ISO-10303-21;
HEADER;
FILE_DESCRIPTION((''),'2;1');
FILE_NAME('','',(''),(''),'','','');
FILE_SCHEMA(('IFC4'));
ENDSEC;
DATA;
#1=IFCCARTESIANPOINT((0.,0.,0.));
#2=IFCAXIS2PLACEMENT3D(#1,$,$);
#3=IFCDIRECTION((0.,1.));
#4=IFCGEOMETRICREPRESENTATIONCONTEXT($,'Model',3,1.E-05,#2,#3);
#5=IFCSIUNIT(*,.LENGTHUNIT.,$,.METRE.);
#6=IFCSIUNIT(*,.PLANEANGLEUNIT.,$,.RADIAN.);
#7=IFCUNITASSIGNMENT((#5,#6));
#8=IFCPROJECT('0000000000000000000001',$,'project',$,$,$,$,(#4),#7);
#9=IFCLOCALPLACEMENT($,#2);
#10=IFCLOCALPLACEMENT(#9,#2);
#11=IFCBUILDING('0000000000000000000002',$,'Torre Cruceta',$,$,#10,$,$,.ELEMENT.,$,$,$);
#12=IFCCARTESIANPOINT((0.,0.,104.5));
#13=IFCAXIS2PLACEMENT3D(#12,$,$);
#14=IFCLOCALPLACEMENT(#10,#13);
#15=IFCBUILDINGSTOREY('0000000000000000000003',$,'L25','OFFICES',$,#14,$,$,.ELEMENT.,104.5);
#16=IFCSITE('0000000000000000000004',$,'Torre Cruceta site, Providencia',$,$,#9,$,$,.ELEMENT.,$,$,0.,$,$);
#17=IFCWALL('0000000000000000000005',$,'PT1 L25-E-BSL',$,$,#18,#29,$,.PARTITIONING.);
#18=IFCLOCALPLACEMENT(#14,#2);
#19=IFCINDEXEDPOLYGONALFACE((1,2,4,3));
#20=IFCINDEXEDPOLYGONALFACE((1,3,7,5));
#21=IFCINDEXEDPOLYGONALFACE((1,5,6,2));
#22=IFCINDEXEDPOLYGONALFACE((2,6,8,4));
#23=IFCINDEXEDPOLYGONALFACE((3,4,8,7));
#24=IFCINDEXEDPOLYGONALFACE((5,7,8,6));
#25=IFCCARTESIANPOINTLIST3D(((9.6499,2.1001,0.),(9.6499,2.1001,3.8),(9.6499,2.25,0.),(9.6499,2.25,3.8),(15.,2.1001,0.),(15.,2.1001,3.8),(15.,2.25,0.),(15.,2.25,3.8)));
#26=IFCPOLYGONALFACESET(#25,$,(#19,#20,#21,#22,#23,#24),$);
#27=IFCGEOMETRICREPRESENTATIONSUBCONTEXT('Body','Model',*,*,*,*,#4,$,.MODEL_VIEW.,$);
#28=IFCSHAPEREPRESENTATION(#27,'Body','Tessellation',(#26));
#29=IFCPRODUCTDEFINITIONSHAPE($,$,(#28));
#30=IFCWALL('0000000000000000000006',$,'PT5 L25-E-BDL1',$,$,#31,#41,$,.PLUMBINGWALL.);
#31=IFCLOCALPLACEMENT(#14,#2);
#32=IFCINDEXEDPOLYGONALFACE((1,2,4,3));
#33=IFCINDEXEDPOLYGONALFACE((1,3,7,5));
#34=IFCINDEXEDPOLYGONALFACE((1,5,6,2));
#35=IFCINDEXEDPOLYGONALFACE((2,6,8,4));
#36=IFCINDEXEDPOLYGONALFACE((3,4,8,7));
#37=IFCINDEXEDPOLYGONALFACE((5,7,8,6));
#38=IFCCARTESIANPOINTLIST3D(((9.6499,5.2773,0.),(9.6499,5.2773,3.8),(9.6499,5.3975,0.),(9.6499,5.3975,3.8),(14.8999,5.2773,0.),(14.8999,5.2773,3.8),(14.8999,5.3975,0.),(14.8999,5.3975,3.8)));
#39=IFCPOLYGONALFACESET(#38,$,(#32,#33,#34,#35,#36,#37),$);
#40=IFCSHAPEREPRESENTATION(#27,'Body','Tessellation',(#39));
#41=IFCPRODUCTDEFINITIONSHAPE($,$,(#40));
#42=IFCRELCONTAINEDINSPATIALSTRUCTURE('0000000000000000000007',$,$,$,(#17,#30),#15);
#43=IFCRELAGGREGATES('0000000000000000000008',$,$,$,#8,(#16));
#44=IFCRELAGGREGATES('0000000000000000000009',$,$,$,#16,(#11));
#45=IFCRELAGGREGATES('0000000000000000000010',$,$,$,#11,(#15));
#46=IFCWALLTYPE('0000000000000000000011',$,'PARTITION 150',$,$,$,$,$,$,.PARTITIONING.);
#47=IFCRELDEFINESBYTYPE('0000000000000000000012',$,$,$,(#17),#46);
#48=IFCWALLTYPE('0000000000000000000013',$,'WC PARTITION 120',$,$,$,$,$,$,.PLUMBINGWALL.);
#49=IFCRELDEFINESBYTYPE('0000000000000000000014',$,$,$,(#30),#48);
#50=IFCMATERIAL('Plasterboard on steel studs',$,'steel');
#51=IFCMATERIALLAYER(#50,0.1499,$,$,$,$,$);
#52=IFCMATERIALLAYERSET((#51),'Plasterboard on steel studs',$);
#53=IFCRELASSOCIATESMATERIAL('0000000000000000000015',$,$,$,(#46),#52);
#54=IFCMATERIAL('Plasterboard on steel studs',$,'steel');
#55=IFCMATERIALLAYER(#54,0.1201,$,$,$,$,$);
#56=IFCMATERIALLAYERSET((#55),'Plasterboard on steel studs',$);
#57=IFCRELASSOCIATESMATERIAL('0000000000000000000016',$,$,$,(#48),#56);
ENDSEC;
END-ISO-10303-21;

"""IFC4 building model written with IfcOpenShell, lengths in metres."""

from ifc_helpers import new_model, si_unit, direction, frame, frame_2d, origin, place, context, subcontext, project, spatial, rectangle, extrude, material, layer, layer_set, type_object, element, save


model = new_model("IFC4")

# Units and contexts
model_context = context("Model", 3, precision=1e-05, world=origin(), true_north=direction((0.0, 1.0)))
body_context = subcontext(model_context, "Body", "Model", "MODEL_VIEW")
ifc_project = project(units=[si_unit("LENGTHUNIT", "METRE"), si_unit("PLANEANGLEUNIT", "RADIAN")], contexts=[model_context])

# Site, building, storey
site_placement = place(None, origin())
site = spatial("IfcSite", under=ifc_project, at=site_placement, Name="Torre Cruceta site, Providencia", CompositionType="ELEMENT", RefElevation=0.0)
building_placement = place(site_placement, origin())
building = spatial("IfcBuilding", under=site, at=building_placement, Name="Torre Cruceta", CompositionType="ELEMENT")
storey_placement = place(building_placement, frame((0.0, 0.0, 104.5)))
storey = spatial("IfcBuildingStorey", under=building, at=storey_placement, Name="L25", Description="OFFICES", CompositionType="ELEMENT", Elevation=104.5)

# Shared definitions
ifc_material_1 = material(Name="Plasterboard on steel studs", Category="steel")
ifc_layer_1 = layer(ifc_material_1, 0.1499)
ifc_layer_set_1 = layer_set([ifc_layer_1], Name="Plasterboard on steel studs")
wall_type_1 = type_object("IfcWallType", Name="PARTITION 150", PredefinedType="PARTITIONING", material=ifc_layer_set_1)

# Walls
wall_1_placement = place(storey_placement, frame((9.6499, 2.175, 0.0), z_axis=(0.0, 0.0, 1.0), x_axis=(1.0, 0.0, 0.0)))
element("IfcWall", 1, at=wall_1_placement, inside=storey, type_object=wall_type_1, Name="PT1 L25-E-BSL", PredefinedType="PARTITIONING", context=body_context, shape_type="SweptSolid", body=[
    extrude(rectangle(XDim=5.3501, YDim=0.1499, at=frame_2d((2.675, 0.0))), origin(), (0.0, 0.0, 1.0), 3.8),
])
ifc_material_2 = material(Name="Plasterboard on steel studs", Category="steel")
ifc_layer_2 = layer(ifc_material_2, 0.1201)
ifc_layer_set_2 = layer_set([ifc_layer_2], Name="Plasterboard on steel studs")
wall_type_2 = type_object("IfcWallType", Name="WC PARTITION 120", PredefinedType="PLUMBINGWALL", material=ifc_layer_set_2)
wall_2_placement = place(storey_placement, frame((9.6499, 5.3374, 0.0), z_axis=(0.0, 0.0, 1.0), x_axis=(1.0, 0.0, 0.0)))
element("IfcWall", 2, at=wall_2_placement, inside=storey, type_object=wall_type_2, Name="PT5 L25-E-BDL1", PredefinedType="PLUMBINGWALL", context=body_context, shape_type="SweptSolid", body=[
    extrude(rectangle(XDim=5.25, YDim=0.1201, at=frame_2d((2.625, 0.0))), origin(), (0.0, 0.0, 1.0), 3.8),
])

save(model, "model.ifc")
